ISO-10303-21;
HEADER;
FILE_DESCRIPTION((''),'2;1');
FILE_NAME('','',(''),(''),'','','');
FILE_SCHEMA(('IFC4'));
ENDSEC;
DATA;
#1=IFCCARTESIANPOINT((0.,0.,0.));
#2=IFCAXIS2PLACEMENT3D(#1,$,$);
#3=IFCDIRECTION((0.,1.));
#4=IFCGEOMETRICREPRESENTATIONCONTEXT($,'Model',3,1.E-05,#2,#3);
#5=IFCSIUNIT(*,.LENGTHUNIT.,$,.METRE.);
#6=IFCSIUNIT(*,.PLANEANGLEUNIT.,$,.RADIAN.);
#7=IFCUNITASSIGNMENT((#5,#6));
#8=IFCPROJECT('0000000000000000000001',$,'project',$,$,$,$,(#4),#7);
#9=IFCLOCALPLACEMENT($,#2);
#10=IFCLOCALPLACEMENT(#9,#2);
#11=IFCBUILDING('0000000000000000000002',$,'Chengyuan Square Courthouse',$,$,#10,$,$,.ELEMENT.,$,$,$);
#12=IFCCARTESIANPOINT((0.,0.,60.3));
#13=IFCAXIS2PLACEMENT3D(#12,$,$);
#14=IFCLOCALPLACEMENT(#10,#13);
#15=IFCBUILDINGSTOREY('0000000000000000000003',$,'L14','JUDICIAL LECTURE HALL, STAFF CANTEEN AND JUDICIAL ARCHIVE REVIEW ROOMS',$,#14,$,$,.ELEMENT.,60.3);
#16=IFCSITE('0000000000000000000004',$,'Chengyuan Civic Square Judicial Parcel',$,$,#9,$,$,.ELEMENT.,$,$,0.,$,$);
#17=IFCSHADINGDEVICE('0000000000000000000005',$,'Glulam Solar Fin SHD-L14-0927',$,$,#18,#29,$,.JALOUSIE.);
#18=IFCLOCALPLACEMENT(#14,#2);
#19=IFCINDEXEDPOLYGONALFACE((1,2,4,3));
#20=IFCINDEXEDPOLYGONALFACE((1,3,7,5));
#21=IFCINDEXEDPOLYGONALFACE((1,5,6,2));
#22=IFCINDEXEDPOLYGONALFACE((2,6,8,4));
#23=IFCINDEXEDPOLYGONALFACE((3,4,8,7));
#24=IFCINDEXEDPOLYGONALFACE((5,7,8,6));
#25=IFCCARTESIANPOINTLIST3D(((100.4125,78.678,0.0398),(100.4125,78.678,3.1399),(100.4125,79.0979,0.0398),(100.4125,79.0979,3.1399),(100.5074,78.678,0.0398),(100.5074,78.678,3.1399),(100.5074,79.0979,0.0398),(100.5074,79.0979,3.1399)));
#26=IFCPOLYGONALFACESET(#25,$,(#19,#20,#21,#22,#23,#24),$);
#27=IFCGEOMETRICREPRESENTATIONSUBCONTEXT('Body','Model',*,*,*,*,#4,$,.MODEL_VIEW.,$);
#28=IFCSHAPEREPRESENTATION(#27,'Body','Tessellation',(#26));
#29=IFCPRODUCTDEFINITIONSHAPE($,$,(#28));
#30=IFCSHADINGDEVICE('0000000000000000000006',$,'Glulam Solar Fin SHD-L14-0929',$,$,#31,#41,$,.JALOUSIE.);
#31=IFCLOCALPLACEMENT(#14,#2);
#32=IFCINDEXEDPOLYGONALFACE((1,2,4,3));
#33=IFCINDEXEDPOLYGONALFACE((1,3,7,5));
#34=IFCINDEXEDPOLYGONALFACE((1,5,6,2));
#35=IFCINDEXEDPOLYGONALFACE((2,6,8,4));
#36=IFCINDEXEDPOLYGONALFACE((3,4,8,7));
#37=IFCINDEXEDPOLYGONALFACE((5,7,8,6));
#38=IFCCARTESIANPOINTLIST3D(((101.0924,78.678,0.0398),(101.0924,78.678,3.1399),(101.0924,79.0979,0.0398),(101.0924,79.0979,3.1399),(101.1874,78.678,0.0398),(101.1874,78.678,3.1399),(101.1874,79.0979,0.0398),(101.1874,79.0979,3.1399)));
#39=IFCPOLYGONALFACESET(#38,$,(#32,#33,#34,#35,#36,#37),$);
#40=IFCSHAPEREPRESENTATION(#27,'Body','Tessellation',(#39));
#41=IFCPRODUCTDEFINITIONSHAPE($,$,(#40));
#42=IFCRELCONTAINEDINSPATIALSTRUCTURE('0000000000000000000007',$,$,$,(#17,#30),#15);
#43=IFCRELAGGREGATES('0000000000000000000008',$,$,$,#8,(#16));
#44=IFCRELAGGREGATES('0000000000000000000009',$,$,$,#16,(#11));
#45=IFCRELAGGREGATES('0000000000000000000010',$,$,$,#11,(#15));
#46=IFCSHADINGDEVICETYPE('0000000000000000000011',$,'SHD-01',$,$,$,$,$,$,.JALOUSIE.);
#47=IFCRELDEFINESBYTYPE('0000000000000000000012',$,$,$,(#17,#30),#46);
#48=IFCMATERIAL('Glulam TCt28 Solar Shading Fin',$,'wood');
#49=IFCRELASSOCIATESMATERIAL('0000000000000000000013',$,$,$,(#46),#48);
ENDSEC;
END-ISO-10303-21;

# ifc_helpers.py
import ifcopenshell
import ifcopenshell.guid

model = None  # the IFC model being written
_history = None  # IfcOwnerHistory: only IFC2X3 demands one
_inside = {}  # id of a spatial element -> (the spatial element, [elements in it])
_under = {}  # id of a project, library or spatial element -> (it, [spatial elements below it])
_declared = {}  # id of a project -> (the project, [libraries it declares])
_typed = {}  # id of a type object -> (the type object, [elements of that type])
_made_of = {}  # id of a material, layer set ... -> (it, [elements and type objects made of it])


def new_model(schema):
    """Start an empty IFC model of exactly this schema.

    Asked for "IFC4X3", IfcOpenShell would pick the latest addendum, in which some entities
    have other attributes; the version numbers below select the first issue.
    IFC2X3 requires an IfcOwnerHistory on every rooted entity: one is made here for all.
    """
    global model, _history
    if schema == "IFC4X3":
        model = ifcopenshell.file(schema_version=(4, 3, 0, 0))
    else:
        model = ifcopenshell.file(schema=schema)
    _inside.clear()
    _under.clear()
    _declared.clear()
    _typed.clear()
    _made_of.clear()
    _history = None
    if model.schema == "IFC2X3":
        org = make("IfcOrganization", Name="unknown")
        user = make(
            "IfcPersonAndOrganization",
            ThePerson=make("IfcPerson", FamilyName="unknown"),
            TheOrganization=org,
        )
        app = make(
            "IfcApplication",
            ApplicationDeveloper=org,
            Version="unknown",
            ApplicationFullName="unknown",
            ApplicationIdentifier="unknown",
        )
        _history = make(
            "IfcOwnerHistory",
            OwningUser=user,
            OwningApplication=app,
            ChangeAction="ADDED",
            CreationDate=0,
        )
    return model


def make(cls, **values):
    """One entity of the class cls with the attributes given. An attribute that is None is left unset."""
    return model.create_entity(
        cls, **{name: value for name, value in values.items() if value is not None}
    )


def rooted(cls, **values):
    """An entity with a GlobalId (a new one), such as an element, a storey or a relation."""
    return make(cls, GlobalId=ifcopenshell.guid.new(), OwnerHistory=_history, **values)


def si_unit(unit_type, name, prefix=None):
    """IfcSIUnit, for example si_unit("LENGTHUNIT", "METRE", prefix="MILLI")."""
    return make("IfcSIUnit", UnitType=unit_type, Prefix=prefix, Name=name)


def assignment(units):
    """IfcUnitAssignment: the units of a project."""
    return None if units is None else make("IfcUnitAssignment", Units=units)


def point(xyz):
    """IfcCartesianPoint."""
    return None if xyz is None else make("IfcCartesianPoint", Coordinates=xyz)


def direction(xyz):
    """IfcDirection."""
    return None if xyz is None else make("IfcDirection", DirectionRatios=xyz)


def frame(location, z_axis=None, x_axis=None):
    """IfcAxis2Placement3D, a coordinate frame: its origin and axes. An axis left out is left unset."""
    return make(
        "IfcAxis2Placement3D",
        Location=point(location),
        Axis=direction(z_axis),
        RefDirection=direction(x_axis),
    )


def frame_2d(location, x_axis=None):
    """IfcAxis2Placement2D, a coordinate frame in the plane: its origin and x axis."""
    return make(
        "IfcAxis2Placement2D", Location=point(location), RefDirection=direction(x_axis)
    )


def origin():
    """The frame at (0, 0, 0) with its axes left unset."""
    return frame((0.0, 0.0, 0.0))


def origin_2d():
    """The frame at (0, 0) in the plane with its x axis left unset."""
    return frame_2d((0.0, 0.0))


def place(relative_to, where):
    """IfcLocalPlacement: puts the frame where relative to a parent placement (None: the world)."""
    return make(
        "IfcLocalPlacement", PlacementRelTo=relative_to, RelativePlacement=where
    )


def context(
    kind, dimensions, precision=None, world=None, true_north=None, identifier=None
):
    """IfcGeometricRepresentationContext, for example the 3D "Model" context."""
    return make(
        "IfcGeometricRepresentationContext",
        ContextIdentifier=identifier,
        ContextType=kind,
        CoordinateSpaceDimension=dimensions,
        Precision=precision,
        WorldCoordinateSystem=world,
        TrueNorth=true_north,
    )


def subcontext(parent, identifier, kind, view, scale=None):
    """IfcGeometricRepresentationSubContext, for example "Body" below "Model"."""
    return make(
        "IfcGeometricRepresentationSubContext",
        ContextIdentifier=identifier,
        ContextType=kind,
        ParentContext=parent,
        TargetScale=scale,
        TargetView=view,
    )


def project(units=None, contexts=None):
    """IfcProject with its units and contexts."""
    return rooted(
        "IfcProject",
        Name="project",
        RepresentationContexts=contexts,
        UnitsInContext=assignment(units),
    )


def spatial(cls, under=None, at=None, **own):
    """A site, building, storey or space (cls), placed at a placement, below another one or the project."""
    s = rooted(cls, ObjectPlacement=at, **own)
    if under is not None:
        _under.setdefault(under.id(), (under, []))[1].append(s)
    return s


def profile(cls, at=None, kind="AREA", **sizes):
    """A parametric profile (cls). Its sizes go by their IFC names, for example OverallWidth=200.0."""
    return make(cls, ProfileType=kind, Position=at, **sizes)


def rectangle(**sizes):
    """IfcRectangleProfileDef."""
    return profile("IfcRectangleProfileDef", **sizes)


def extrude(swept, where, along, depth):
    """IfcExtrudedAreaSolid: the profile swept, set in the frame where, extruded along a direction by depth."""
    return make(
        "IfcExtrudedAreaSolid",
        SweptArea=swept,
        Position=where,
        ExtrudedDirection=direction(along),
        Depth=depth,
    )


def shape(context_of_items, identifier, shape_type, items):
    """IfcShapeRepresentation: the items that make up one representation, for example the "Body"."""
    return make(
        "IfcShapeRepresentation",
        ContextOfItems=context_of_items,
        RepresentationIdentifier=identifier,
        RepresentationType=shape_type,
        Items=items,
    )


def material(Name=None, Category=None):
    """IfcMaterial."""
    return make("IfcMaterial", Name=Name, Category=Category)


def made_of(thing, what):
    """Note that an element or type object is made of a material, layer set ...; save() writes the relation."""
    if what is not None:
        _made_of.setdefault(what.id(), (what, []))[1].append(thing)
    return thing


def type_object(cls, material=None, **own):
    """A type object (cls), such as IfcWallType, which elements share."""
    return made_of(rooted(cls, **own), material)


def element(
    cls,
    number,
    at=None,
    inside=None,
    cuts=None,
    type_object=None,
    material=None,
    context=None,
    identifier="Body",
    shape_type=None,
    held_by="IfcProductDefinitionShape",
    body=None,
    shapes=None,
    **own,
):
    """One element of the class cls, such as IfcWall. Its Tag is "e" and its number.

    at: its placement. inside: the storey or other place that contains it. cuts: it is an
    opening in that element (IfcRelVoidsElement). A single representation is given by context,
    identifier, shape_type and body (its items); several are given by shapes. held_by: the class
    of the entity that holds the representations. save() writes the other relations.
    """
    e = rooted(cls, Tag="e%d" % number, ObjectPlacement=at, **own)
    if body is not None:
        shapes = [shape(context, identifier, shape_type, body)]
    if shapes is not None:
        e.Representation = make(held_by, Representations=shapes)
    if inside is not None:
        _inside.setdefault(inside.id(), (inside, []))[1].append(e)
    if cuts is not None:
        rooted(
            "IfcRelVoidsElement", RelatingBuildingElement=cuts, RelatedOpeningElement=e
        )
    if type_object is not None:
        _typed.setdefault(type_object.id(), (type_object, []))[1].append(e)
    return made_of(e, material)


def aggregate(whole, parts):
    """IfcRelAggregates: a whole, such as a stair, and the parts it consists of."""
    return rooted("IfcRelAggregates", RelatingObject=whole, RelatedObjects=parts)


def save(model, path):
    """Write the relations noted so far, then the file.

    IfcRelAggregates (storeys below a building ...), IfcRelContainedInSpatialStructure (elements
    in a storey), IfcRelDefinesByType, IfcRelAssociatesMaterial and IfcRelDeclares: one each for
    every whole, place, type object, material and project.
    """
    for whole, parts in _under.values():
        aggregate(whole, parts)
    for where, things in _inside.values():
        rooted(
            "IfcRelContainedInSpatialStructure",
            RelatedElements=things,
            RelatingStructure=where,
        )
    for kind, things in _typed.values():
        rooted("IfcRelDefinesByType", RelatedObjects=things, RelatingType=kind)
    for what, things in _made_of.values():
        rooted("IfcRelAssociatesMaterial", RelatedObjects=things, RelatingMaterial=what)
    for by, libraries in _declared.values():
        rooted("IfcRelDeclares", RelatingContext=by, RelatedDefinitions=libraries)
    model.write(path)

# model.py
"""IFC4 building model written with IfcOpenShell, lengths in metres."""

from ifc_helpers import new_model, si_unit, direction, frame, origin, origin_2d, place, context, subcontext, project, spatial, rectangle, extrude, material, type_object, element, save


model = new_model("IFC4")

# Units and contexts
model_context = context("Model", 3, precision=1e-05, world=origin(), true_north=direction((0.0, 1.0)))
body_context = subcontext(model_context, "Body", "Model", "MODEL_VIEW")
ifc_project = project(units=[si_unit("LENGTHUNIT", "METRE"), si_unit("PLANEANGLEUNIT", "RADIAN")], contexts=[model_context])

# Site, building, storey
site_placement = place(None, origin())
site = spatial("IfcSite", under=ifc_project, at=site_placement, Name="Chengyuan Civic Square Judicial Parcel", CompositionType="ELEMENT", RefElevation=0.0)
building_placement = place(site_placement, origin())
building = spatial("IfcBuilding", under=site, at=building_placement, Name="Chengyuan Square Courthouse", CompositionType="ELEMENT")
storey_placement = place(building_placement, frame((0.0, 0.0, 60.3)))
storey = spatial("IfcBuildingStorey", under=building, at=storey_placement, Name="L14", Description="JUDICIAL LECTURE HALL, STAFF CANTEEN AND JUDICIAL ARCHIVE REVIEW ROOMS", CompositionType="ELEMENT", Elevation=60.3)

# Shading devices
ifc_material_1 = material(Name="Glulam TCt28 Solar Shading Fin", Category="wood")
shading_device_type = type_object("IfcShadingDeviceType", Name="SHD-01", PredefinedType="JALOUSIE", material=ifc_material_1)
for number, where, z_axis, x_axis, name in (
    (1, (100.46, 78.8879, 0.0398), (0.0, 0.0, 1.0), (0.0, 1.0, 0.0), "Glulam Solar Fin SHD-L14-0927"),
    (2, (101.1399, 78.8879, 0.0398), (0.0, 0.0, 1.0), (0.0, 1.0, 0.0), "Glulam Solar Fin SHD-L14-0929"),
):
    element("IfcShadingDevice", number, at=place(storey_placement, frame(where, z_axis=z_axis, x_axis=x_axis)), inside=storey, type_object=shading_device_type, Name=name, PredefinedType="JALOUSIE", context=body_context, shape_type="SweptSolid", body=[
        extrude(rectangle(XDim=0.4199, YDim=0.095, at=origin_2d()), origin(), (0.0, 0.0, 1.0), 3.1001),
    ])

save(model, "model.ifc")
